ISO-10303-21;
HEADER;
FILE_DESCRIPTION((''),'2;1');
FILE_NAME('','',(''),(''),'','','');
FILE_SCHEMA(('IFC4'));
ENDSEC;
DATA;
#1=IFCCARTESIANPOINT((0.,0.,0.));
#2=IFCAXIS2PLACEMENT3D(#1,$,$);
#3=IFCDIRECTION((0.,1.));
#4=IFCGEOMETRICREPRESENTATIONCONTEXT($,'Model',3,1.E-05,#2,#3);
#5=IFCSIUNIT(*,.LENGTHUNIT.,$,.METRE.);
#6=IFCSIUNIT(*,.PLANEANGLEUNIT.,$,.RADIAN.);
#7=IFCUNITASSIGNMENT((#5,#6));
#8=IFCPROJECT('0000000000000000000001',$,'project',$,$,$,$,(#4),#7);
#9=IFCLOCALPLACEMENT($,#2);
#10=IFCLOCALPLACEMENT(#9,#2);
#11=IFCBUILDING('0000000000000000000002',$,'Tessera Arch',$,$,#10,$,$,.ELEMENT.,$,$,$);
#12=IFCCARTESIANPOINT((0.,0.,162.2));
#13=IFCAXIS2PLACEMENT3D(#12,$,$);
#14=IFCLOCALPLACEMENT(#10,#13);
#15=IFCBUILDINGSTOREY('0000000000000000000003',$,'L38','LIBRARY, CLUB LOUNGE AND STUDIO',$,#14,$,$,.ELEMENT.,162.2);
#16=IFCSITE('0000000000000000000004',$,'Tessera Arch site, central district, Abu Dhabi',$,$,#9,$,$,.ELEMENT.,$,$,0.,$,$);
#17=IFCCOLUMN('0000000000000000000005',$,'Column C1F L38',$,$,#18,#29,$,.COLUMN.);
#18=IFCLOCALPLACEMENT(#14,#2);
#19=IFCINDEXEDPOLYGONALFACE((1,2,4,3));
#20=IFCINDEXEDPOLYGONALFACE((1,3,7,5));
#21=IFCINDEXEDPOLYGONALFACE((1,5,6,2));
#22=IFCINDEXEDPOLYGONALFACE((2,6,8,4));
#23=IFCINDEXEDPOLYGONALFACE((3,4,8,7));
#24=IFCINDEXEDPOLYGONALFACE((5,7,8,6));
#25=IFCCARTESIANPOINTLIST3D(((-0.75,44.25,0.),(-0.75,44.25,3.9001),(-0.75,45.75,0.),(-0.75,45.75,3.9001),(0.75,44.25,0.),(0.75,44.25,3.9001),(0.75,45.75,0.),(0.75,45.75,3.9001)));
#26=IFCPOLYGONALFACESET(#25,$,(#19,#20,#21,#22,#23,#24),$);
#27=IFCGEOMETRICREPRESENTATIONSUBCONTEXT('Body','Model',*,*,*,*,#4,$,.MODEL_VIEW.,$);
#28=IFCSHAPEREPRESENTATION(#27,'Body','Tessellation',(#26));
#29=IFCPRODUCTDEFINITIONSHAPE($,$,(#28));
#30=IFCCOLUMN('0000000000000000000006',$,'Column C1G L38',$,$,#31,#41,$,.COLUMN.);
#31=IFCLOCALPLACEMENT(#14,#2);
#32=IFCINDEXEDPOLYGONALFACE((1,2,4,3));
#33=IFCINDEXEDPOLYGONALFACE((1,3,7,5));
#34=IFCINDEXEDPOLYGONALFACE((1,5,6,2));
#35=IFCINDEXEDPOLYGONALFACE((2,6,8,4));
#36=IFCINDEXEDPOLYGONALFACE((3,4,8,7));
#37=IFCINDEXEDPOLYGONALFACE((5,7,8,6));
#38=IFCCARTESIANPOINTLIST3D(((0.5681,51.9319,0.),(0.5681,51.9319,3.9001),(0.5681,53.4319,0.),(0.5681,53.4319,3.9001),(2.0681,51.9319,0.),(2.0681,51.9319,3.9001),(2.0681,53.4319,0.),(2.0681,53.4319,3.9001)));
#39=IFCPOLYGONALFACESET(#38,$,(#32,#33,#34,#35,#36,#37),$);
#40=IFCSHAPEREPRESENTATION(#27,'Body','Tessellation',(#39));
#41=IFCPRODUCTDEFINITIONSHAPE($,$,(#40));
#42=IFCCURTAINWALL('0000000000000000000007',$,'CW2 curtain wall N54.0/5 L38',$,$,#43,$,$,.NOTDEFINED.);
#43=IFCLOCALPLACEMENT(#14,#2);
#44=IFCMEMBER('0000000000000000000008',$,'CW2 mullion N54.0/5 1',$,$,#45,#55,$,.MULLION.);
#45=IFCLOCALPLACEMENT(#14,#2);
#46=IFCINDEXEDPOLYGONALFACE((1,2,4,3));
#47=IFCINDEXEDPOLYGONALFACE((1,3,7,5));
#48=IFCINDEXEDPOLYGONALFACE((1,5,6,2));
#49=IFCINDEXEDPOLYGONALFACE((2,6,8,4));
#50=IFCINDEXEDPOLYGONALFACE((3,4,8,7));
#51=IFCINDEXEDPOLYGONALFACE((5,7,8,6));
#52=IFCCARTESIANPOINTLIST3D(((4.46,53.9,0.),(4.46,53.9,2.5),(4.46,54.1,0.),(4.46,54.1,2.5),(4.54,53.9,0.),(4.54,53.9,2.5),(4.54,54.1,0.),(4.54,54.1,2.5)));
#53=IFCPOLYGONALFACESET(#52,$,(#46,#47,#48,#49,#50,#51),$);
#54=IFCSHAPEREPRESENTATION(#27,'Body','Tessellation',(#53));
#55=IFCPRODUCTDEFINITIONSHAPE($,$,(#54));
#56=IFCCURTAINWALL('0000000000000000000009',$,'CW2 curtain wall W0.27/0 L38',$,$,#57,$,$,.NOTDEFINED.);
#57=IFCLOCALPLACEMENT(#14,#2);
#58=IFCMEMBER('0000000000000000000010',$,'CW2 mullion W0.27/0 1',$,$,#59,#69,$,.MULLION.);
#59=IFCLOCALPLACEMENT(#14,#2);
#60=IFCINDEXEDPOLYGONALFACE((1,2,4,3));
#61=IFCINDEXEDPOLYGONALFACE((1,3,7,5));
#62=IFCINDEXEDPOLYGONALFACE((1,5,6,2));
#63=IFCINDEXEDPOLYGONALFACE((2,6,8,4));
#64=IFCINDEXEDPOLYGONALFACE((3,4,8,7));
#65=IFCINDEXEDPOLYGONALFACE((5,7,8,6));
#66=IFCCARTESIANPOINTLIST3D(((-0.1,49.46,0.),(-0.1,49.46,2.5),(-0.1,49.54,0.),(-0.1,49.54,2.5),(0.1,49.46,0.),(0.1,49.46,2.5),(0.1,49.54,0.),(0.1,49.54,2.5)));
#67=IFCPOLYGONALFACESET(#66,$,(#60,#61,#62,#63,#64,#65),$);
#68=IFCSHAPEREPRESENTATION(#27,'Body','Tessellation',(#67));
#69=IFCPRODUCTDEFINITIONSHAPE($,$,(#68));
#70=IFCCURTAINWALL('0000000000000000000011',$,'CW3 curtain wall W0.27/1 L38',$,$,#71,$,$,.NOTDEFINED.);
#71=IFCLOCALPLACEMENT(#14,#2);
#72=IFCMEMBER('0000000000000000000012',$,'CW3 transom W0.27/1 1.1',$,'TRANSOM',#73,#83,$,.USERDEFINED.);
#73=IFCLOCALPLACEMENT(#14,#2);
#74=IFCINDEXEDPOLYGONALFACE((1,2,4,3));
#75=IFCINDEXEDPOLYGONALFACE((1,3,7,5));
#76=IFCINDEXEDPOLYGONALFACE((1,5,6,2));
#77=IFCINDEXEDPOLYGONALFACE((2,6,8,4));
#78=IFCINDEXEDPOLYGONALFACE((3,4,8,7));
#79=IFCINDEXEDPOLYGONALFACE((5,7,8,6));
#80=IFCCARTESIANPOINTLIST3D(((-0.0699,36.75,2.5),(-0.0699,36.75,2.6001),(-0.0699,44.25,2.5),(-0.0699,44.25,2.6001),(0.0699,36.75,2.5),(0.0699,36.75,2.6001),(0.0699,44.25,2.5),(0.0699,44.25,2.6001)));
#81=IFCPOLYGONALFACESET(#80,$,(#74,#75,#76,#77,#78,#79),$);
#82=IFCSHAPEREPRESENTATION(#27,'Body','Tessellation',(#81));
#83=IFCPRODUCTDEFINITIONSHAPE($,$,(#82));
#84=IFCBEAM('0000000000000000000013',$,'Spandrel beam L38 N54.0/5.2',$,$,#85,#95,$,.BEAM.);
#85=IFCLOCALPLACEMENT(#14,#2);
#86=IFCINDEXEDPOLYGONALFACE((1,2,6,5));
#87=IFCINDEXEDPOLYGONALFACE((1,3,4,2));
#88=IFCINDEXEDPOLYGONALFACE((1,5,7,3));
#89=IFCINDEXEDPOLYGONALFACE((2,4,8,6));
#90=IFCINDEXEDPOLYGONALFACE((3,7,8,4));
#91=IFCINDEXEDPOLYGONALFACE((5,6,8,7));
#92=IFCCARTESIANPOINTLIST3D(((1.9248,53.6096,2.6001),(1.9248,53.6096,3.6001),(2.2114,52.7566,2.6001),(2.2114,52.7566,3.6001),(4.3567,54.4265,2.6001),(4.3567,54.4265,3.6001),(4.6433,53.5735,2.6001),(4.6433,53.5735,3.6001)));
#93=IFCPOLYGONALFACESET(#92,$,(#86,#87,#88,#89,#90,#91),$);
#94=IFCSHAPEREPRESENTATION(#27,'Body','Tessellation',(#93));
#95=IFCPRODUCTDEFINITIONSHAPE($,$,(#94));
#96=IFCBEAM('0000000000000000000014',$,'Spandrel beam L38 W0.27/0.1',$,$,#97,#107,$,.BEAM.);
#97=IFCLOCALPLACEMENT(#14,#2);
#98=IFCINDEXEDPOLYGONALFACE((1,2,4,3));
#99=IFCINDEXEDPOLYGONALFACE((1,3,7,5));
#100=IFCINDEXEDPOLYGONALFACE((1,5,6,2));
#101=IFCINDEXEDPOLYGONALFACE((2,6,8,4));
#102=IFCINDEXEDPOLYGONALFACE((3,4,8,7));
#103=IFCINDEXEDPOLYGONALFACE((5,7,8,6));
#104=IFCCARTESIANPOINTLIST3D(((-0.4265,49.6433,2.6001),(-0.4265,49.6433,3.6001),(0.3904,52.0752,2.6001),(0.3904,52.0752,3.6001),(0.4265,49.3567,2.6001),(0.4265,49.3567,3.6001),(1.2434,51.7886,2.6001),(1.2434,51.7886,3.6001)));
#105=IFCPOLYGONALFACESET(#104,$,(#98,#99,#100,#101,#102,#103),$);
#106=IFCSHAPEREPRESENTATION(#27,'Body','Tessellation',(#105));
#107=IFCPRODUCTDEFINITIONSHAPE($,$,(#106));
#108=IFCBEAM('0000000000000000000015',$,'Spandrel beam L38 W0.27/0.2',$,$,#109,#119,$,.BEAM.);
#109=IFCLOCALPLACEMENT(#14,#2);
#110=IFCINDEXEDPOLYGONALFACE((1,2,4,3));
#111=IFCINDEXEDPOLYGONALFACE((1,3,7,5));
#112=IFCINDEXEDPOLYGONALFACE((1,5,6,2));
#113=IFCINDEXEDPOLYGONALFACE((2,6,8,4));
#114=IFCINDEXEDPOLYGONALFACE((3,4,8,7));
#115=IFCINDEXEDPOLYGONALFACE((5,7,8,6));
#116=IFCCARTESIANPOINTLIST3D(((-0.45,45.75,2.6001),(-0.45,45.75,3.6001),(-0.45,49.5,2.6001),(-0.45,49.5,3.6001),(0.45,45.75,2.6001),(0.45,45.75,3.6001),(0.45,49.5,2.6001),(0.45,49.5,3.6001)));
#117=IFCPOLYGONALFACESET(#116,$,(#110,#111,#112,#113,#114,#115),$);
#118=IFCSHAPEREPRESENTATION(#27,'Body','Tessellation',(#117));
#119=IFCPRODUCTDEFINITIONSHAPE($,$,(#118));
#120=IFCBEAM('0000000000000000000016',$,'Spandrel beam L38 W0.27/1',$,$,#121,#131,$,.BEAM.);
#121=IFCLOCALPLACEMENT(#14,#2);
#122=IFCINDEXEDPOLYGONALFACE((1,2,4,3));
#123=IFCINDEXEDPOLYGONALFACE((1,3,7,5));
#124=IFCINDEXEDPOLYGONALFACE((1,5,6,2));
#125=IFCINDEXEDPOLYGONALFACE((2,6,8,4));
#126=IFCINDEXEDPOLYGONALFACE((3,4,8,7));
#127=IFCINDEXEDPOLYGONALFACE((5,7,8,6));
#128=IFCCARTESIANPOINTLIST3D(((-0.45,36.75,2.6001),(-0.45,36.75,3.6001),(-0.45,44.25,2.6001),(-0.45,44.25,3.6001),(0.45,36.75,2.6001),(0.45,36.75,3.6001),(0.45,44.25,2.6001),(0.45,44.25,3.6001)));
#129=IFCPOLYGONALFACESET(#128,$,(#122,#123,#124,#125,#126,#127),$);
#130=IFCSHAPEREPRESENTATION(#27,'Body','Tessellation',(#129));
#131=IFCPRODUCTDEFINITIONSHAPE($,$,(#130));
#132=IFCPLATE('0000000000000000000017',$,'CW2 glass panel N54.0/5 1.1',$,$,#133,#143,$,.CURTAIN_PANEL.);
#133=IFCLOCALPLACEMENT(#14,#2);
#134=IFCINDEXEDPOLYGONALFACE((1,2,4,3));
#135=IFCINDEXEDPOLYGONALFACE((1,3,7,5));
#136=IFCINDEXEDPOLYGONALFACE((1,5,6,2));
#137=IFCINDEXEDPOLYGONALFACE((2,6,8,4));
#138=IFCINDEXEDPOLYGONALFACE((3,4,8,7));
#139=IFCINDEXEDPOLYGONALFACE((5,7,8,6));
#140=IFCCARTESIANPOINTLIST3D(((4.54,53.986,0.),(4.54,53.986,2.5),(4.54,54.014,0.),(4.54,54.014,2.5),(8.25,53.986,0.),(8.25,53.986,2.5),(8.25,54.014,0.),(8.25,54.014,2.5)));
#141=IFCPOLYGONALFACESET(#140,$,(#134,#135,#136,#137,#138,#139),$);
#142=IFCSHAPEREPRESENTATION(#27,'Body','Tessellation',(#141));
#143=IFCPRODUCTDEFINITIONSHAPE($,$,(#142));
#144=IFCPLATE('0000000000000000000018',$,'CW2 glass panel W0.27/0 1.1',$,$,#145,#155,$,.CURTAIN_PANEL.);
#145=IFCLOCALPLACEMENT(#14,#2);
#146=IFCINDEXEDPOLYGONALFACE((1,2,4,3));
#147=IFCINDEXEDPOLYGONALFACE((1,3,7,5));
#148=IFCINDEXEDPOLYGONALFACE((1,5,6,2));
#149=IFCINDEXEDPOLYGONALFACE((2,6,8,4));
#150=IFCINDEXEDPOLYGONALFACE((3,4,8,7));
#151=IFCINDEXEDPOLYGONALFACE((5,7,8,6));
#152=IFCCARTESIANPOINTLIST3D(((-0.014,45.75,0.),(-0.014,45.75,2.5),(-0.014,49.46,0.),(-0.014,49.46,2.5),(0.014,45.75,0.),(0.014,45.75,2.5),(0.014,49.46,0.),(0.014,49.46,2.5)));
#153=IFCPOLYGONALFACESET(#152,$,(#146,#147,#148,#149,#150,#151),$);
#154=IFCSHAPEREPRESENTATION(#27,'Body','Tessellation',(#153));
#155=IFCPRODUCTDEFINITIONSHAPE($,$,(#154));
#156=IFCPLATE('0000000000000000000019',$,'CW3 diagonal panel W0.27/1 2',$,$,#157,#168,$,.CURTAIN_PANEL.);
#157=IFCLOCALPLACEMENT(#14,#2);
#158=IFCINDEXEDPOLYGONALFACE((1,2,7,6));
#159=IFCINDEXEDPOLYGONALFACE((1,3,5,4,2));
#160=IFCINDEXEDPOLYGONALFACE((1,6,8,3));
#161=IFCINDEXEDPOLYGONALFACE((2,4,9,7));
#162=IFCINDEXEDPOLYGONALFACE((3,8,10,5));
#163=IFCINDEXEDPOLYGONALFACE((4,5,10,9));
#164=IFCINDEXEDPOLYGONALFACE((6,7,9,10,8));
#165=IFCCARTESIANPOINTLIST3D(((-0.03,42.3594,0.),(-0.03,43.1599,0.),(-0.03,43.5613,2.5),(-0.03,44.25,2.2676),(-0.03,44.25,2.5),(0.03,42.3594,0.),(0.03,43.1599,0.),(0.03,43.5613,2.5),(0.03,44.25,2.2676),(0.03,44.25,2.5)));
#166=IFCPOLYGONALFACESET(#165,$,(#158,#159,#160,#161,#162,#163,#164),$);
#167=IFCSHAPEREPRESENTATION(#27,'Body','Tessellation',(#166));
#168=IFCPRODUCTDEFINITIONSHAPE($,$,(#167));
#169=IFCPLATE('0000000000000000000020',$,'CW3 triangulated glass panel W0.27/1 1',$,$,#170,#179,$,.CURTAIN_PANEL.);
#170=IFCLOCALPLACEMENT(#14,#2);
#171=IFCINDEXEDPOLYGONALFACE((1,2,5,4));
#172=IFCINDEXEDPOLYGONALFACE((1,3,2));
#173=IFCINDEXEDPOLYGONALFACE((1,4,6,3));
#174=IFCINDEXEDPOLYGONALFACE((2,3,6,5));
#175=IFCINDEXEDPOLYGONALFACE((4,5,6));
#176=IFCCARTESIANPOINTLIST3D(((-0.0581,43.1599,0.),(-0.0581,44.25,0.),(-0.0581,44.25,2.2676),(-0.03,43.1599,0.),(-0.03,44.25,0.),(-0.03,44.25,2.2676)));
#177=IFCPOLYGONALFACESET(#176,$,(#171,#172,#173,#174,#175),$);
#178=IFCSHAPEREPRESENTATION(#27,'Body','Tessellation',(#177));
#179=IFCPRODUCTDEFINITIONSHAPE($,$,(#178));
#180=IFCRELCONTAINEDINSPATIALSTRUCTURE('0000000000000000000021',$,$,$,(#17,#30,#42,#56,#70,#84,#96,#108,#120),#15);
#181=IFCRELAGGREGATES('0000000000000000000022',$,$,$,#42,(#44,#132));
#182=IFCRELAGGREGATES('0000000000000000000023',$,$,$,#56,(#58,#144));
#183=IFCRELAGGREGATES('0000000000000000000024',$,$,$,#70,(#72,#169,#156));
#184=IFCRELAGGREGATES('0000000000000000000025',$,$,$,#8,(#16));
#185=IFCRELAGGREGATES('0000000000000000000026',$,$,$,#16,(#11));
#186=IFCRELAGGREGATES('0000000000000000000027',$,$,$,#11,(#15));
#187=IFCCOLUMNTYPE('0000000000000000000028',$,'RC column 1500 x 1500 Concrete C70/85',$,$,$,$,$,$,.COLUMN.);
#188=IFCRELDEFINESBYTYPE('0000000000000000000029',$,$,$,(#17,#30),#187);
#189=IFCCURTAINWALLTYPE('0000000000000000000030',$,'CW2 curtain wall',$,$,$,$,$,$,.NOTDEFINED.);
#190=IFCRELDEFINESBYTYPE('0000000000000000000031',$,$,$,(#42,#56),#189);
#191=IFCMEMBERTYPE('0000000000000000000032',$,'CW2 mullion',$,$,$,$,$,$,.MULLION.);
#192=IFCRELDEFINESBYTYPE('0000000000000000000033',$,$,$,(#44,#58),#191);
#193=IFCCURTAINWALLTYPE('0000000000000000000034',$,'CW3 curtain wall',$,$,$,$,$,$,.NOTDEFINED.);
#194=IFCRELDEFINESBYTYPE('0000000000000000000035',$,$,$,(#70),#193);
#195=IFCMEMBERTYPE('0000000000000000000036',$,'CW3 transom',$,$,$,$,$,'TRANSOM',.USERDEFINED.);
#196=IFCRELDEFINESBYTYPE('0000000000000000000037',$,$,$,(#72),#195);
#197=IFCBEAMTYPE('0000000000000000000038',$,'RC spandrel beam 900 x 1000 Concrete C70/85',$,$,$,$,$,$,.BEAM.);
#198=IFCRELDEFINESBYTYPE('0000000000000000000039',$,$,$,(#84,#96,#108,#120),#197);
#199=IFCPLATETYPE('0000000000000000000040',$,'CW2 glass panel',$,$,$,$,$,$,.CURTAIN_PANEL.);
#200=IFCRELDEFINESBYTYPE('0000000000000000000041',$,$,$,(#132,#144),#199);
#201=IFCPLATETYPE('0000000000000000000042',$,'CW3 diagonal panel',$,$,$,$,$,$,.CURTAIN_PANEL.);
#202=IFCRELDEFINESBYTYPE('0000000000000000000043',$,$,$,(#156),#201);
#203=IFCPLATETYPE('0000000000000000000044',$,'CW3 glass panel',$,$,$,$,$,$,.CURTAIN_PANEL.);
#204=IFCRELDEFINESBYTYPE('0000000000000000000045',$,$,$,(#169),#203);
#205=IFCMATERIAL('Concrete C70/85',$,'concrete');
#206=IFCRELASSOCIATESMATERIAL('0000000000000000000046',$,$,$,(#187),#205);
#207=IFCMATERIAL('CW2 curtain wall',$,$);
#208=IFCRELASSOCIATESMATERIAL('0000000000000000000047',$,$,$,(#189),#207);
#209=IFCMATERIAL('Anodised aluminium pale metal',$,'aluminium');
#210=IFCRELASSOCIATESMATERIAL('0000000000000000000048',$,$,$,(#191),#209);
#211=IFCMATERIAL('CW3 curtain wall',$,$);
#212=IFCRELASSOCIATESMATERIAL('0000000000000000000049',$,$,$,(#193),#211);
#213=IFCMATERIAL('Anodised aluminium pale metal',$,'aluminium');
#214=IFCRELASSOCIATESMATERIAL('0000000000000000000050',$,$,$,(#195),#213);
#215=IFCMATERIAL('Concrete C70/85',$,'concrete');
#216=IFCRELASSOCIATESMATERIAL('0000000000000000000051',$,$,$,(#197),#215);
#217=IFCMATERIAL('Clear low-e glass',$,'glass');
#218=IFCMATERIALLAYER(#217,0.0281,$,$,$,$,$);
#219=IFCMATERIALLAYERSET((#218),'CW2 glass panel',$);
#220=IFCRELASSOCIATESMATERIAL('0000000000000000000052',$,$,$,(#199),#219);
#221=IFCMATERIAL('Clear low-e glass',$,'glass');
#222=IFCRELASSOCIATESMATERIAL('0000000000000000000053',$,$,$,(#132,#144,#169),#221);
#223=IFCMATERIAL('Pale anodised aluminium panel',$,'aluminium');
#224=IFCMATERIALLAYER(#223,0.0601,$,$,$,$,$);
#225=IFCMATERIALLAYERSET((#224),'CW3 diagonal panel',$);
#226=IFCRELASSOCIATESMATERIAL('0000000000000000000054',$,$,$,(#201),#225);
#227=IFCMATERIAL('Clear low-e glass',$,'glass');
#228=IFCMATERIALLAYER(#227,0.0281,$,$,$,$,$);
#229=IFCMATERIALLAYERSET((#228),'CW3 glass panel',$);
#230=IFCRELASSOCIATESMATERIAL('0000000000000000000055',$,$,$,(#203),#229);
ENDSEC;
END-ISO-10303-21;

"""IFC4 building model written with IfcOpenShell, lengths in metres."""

from ifc_helpers import new_model, si_unit, direction, frame, origin, origin_2d, place, context, subcontext, project, spatial, polyline, rectangle, outline, extrude, material, layer, layer_set, material_profile, profile_set, type_object, element, aggregate, save


model = new_model("IFC4")

# Units and contexts
model_context = context("Model", 3, precision=1e-05, world=origin(), true_north=direction((0.0, 1.0)))
body_context = subcontext(model_context, "Body", "Model", "MODEL_VIEW")
ifc_project = project(units=[si_unit("LENGTHUNIT", "METRE"), si_unit("PLANEANGLEUNIT", "RADIAN")], contexts=[model_context])

# Site, building, storey
site_placement = place(None, origin())
site = spatial("IfcSite", under=ifc_project, at=site_placement, Name="Tessera Arch site, central district, Abu Dhabi", CompositionType="ELEMENT", RefElevation=0.0)
building_placement = place(site_placement, origin())
building = spatial("IfcBuilding", under=site, at=building_placement, Name="Tessera Arch", CompositionType="ELEMENT")
storey_placement = place(building_placement, frame((0.0, 0.0, 162.2)))
storey = spatial("IfcBuildingStorey", under=building, at=storey_placement, Name="L38", Description="LIBRARY, CLUB LOUNGE AND STUDIO", CompositionType="ELEMENT", Elevation=162.2)

# Columns
ifc_material_1 = material(Name="Concrete C70/85", Category="concrete")
ifc_material_profile_1 = material_profile(ifc_material_1, rectangle(XDim=1.5, YDim=1.5, at=origin_2d()), Name="RC column 1500 x 1500 Concrete C70/85")
ifc_profile_set_1 = profile_set([ifc_material_profile_1], Name="Concrete C70/85")
column_type = type_object("IfcColumnType", Name="RC column 1500 x 1500 Concrete C70/85", PredefinedType="COLUMN", material=ifc_profile_set_1)
for number, where, z_axis, x_axis, name in (
    (1, (0.0, 45.0, 0.0), (0.0, 0.0, 1.0), (1.0, 0.0, 0.0), "Column C1F L38"),
    (2, (1.3181, 52.6819, 0.0), (0.0, 0.0, 1.0), (1.0, 0.0, 0.0), "Column C1G L38"),
):
    element("IfcColumn", number, at=place(storey_placement, frame(where, z_axis=z_axis, x_axis=x_axis)), inside=storey, type_object=column_type, Name=name, PredefinedType="COLUMN", context=body_context, shape_type="SweptSolid", body=[
        extrude(rectangle(XDim=1.5, YDim=1.5, at=origin_2d()), origin(), (0.0, 0.0, 1.0), 3.9001),
    ])

# Curtain walls, members
ifc_material_2 = material(Name="CW2 curtain wall")
curtain_wall_type_1 = type_object("IfcCurtainWallType", Name="CW2 curtain wall", PredefinedType="NOTDEFINED", material=ifc_material_2)
curtain_wall_1_placement = place(storey_placement, origin())
curtain_wall_1 = element("IfcCurtainWall", 3, at=curtain_wall_1_placement, inside=storey, type_object=curtain_wall_type_1, Name="CW2 curtain wall N54.0/5 L38", PredefinedType="NOTDEFINED")
ifc_material_3 = material(Name="Anodised aluminium pale metal", Category="aluminium")
ifc_material_profile_2 = material_profile(ifc_material_3, rectangle(XDim=0.2, YDim=0.0801, at=origin_2d()), Name="AL 80x200")
ifc_profile_set_2 = profile_set([ifc_material_profile_2], Name="Anodised aluminium pale metal")
member_type_1 = type_object("IfcMemberType", Name="CW2 mullion", PredefinedType="MULLION", material=ifc_profile_set_2)
member_1_placement = place(storey_placement, frame((4.5, 54.0, 0.0), z_axis=(0.0, 0.0, 1.0), x_axis=(0.0, -1.0, 0.0)))
member_1 = element("IfcMember", 4, at=member_1_placement, type_object=member_type_1, Name="CW2 mullion N54.0/5 1", PredefinedType="MULLION", context=body_context, shape_type="SweptSolid", body=[
    extrude(rectangle(XDim=0.2, YDim=0.0801, at=origin_2d()), origin(), (0.0, 0.0, 1.0), 2.5),
])
curtain_wall_2_placement = place(storey_placement, origin())
curtain_wall_2 = element("IfcCurtainWall", 5, at=curtain_wall_2_placement, inside=storey, type_object=curtain_wall_type_1, Name="CW2 curtain wall W0.27/0 L38", PredefinedType="NOTDEFINED")
member_2_placement = place(storey_placement, frame((0.0, 49.5, 0.0), z_axis=(0.0, 0.0, 1.0), x_axis=(1.0, 0.0, 0.0)))
member_2 = element("IfcMember", 6, at=member_2_placement, type_object=member_type_1, Name="CW2 mullion W0.27/0 1", PredefinedType="MULLION", context=body_context, shape_type="SweptSolid", body=[
    extrude(rectangle(XDim=0.2, YDim=0.0801, at=origin_2d()), origin(), (0.0, 0.0, 1.0), 2.5),
])
ifc_material_4 = material(Name="CW3 curtain wall")
curtain_wall_type_2 = type_object("IfcCurtainWallType", Name="CW3 curtain wall", PredefinedType="NOTDEFINED", material=ifc_material_4)
curtain_wall_3_placement = place(storey_placement, origin())
curtain_wall_3 = element("IfcCurtainWall", 7, at=curtain_wall_3_placement, inside=storey, type_object=curtain_wall_type_2, Name="CW3 curtain wall W0.27/1 L38", PredefinedType="NOTDEFINED")
ifc_material_5 = material(Name="Anodised aluminium pale metal", Category="aluminium")
ifc_material_profile_3 = material_profile(ifc_material_5, rectangle(XDim=0.1399, YDim=0.1001, at=origin_2d()), Name="AL 140x100")
ifc_profile_set_3 = profile_set([ifc_material_profile_3], Name="Anodised aluminium pale metal")
member_type_2 = type_object("IfcMemberType", Name="CW3 transom", ElementType="TRANSOM", PredefinedType="USERDEFINED", material=ifc_profile_set_3)
member_3_placement = place(storey_placement, frame((0.0, 44.25, 2.55), z_axis=(0.0, -1.0, 0.0), x_axis=(1.0, 0.0, 0.0)))
member_3 = element("IfcMember", 8, at=member_3_placement, type_object=member_type_2, Name="CW3 transom W0.27/1 1.1", ObjectType="TRANSOM", PredefinedType="USERDEFINED", context=body_context, shape_type="SweptSolid", body=[
    extrude(rectangle(XDim=0.1399, YDim=0.1001, at=origin_2d()), origin(), (0.0, 0.0, 1.0), 7.5),
])

# Beams
ifc_material_6 = material(Name="Concrete C70/85", Category="concrete")
ifc_material_profile_4 = material_profile(ifc_material_6, rectangle(XDim=0.8999, YDim=1.0, at=origin_2d()), Name="RC spandrel beam 900 x 1000 Concrete C70/85")
ifc_profile_set_4 = profile_set([ifc_material_profile_4], Name="Concrete C70/85")
beam_type = type_object("IfcBeamType", Name="RC spandrel beam 900 x 1000 Concrete C70/85", PredefinedType="BEAM", material=ifc_profile_set_4)
for number, where, z_axis, x_axis, name in (
    (9, (4.5, 54.0, 3.1001), (-0.947948, -0.318425, 0.0), (0.318425, -0.947948, 0.0), "Spandrel beam L38 N54.0/5.2"),
    (10, (0.8169, 51.9319, 3.1001), (-0.318425, -0.947948, 0.0), (0.947948, -0.318425, 0.0), "Spandrel beam L38 W0.27/0.1"),
):
    element("IfcBeam", number, at=place(storey_placement, frame(where, z_axis=z_axis, x_axis=x_axis)), inside=storey, type_object=beam_type, Name=name, PredefinedType="BEAM", context=body_context, shape_type="SweptSolid", body=[
        extrude(rectangle(XDim=0.8999, YDim=1.0, at=origin_2d()), origin(), (0.0, 0.0, 1.0), 2.5654),
    ])
beam_1_placement = place(storey_placement, frame((0.0, 49.5, 3.1001), z_axis=(0.0, -1.0, 0.0), x_axis=(1.0, 0.0, 0.0)))
element("IfcBeam", 11, at=beam_1_placement, inside=storey, type_object=beam_type, Name="Spandrel beam L38 W0.27/0.2", PredefinedType="BEAM", context=body_context, shape_type="SweptSolid", body=[
    extrude(rectangle(XDim=0.8999, YDim=1.0, at=origin_2d()), origin(), (0.0, 0.0, 1.0), 3.75),
])
beam_2_placement = place(storey_placement, frame((0.0, 44.25, 3.1001), z_axis=(0.0, -1.0, 0.0), x_axis=(1.0, 0.0, 0.0)))
element("IfcBeam", 12, at=beam_2_placement, inside=storey, type_object=beam_type, Name="Spandrel beam L38 W0.27/1", PredefinedType="BEAM", context=body_context, shape_type="SweptSolid", body=[
    extrude(rectangle(XDim=0.8999, YDim=1.0, at=origin_2d()), origin(), (0.0, 0.0, 1.0), 7.5),
])

# Plates
ifc_material_7 = material(Name="Clear low-e glass", Category="glass")
ifc_material_8 = material(Name="Clear low-e glass", Category="glass")
ifc_layer_1 = layer(ifc_material_8, 0.0281)
ifc_layer_set_1 = layer_set([ifc_layer_1], Name="CW2 glass panel")
plate_type_1 = type_object("IfcPlateType", Name="CW2 glass panel", PredefinedType="CURTAIN_PANEL", material=ifc_layer_set_1)
plate_1_placement = place(storey_placement, frame((6.395, 54.0, 0.0), z_axis=(0.0, 0.0, 1.0), x_axis=(-1.0, 0.0, 0.0)))
plate_1 = element("IfcPlate", 13, at=plate_1_placement, type_object=plate_type_1, material=ifc_material_7, Name="CW2 glass panel N54.0/5 1.1", PredefinedType="CURTAIN_PANEL", context=body_context, shape_type="SweptSolid", body=[
    extrude(rectangle(XDim=3.71, YDim=0.0281, at=origin_2d()), origin(), (0.0, 0.0, 1.0), 2.5),
])
aggregate(curtain_wall_1, [member_1, plate_1])
plate_2_placement = place(storey_placement, frame((0.0, 47.605, 0.0), z_axis=(0.0, 0.0, 1.0), x_axis=(0.0, -1.0, 0.0)))
plate_2 = element("IfcPlate", 14, at=plate_2_placement, type_object=plate_type_1, material=ifc_material_7, Name="CW2 glass panel W0.27/0 1.1", PredefinedType="CURTAIN_PANEL", context=body_context, shape_type="SweptSolid", body=[
    extrude(rectangle(XDim=3.71, YDim=0.0281, at=origin_2d()), origin(), (0.0, 0.0, 1.0), 2.5),
])
aggregate(curtain_wall_2, [member_2, plate_2])
ifc_material_9 = material(Name="Pale anodised aluminium panel", Category="aluminium")
ifc_layer_2 = layer(ifc_material_9, 0.0601)
ifc_layer_set_2 = layer_set([ifc_layer_2], Name="CW3 diagonal panel")
plate_type_2 = type_object("IfcPlateType", Name="CW3 diagonal panel", PredefinedType="CURTAIN_PANEL", material=ifc_layer_set_2)
plate_3_placement = place(storey_placement, frame((-0.03, 44.25, 2.5), z_axis=(-1.0, 0.0, 0.0), x_axis=(0.0, 0.0, -1.0)))
plate_3 = element("IfcPlate", 15, at=plate_3_placement, type_object=plate_type_2, Name="CW3 diagonal panel W0.27/1 2", PredefinedType="CURTAIN_PANEL", context=body_context, shape_type="SweptSolid", body=[
    extrude(outline(polyline([(0.0, 0.0), (0.2324, 0.0), (2.5, 1.0901), (2.5, 1.8906), (0.0, 0.6887), (0.0, 0.0)])), origin(), (0.0, 0.0, -1.0), 0.0601),
])
ifc_material_10 = material(Name="Clear low-e glass", Category="glass")
ifc_layer_3 = layer(ifc_material_10, 0.0281)
ifc_layer_set_3 = layer_set([ifc_layer_3], Name="CW3 glass panel")
plate_type_3 = type_object("IfcPlateType", Name="CW3 glass panel", PredefinedType="CURTAIN_PANEL", material=ifc_layer_set_3)
plate_4_placement = place(storey_placement, frame((-0.0581, 44.25, 0.0), z_axis=(-1.0, 0.0, 0.0), x_axis=(0.0, -1.0, 0.0)))
plate_4 = element("IfcPlate", 16, at=plate_4_placement, type_object=plate_type_3, material=ifc_material_7, Name="CW3 triangulated glass panel W0.27/1 1", PredefinedType="CURTAIN_PANEL", context=body_context, shape_type="SweptSolid", body=[
    extrude(outline(polyline([(0.0, 0.0), (1.0901, 0.0), (0.0, 2.2676), (0.0, 0.0)])), origin(), (0.0, 0.0, -1.0), 0.0281),
])
aggregate(curtain_wall_3, [member_3, plate_4, plate_3])

save(model, "model.ifc")
